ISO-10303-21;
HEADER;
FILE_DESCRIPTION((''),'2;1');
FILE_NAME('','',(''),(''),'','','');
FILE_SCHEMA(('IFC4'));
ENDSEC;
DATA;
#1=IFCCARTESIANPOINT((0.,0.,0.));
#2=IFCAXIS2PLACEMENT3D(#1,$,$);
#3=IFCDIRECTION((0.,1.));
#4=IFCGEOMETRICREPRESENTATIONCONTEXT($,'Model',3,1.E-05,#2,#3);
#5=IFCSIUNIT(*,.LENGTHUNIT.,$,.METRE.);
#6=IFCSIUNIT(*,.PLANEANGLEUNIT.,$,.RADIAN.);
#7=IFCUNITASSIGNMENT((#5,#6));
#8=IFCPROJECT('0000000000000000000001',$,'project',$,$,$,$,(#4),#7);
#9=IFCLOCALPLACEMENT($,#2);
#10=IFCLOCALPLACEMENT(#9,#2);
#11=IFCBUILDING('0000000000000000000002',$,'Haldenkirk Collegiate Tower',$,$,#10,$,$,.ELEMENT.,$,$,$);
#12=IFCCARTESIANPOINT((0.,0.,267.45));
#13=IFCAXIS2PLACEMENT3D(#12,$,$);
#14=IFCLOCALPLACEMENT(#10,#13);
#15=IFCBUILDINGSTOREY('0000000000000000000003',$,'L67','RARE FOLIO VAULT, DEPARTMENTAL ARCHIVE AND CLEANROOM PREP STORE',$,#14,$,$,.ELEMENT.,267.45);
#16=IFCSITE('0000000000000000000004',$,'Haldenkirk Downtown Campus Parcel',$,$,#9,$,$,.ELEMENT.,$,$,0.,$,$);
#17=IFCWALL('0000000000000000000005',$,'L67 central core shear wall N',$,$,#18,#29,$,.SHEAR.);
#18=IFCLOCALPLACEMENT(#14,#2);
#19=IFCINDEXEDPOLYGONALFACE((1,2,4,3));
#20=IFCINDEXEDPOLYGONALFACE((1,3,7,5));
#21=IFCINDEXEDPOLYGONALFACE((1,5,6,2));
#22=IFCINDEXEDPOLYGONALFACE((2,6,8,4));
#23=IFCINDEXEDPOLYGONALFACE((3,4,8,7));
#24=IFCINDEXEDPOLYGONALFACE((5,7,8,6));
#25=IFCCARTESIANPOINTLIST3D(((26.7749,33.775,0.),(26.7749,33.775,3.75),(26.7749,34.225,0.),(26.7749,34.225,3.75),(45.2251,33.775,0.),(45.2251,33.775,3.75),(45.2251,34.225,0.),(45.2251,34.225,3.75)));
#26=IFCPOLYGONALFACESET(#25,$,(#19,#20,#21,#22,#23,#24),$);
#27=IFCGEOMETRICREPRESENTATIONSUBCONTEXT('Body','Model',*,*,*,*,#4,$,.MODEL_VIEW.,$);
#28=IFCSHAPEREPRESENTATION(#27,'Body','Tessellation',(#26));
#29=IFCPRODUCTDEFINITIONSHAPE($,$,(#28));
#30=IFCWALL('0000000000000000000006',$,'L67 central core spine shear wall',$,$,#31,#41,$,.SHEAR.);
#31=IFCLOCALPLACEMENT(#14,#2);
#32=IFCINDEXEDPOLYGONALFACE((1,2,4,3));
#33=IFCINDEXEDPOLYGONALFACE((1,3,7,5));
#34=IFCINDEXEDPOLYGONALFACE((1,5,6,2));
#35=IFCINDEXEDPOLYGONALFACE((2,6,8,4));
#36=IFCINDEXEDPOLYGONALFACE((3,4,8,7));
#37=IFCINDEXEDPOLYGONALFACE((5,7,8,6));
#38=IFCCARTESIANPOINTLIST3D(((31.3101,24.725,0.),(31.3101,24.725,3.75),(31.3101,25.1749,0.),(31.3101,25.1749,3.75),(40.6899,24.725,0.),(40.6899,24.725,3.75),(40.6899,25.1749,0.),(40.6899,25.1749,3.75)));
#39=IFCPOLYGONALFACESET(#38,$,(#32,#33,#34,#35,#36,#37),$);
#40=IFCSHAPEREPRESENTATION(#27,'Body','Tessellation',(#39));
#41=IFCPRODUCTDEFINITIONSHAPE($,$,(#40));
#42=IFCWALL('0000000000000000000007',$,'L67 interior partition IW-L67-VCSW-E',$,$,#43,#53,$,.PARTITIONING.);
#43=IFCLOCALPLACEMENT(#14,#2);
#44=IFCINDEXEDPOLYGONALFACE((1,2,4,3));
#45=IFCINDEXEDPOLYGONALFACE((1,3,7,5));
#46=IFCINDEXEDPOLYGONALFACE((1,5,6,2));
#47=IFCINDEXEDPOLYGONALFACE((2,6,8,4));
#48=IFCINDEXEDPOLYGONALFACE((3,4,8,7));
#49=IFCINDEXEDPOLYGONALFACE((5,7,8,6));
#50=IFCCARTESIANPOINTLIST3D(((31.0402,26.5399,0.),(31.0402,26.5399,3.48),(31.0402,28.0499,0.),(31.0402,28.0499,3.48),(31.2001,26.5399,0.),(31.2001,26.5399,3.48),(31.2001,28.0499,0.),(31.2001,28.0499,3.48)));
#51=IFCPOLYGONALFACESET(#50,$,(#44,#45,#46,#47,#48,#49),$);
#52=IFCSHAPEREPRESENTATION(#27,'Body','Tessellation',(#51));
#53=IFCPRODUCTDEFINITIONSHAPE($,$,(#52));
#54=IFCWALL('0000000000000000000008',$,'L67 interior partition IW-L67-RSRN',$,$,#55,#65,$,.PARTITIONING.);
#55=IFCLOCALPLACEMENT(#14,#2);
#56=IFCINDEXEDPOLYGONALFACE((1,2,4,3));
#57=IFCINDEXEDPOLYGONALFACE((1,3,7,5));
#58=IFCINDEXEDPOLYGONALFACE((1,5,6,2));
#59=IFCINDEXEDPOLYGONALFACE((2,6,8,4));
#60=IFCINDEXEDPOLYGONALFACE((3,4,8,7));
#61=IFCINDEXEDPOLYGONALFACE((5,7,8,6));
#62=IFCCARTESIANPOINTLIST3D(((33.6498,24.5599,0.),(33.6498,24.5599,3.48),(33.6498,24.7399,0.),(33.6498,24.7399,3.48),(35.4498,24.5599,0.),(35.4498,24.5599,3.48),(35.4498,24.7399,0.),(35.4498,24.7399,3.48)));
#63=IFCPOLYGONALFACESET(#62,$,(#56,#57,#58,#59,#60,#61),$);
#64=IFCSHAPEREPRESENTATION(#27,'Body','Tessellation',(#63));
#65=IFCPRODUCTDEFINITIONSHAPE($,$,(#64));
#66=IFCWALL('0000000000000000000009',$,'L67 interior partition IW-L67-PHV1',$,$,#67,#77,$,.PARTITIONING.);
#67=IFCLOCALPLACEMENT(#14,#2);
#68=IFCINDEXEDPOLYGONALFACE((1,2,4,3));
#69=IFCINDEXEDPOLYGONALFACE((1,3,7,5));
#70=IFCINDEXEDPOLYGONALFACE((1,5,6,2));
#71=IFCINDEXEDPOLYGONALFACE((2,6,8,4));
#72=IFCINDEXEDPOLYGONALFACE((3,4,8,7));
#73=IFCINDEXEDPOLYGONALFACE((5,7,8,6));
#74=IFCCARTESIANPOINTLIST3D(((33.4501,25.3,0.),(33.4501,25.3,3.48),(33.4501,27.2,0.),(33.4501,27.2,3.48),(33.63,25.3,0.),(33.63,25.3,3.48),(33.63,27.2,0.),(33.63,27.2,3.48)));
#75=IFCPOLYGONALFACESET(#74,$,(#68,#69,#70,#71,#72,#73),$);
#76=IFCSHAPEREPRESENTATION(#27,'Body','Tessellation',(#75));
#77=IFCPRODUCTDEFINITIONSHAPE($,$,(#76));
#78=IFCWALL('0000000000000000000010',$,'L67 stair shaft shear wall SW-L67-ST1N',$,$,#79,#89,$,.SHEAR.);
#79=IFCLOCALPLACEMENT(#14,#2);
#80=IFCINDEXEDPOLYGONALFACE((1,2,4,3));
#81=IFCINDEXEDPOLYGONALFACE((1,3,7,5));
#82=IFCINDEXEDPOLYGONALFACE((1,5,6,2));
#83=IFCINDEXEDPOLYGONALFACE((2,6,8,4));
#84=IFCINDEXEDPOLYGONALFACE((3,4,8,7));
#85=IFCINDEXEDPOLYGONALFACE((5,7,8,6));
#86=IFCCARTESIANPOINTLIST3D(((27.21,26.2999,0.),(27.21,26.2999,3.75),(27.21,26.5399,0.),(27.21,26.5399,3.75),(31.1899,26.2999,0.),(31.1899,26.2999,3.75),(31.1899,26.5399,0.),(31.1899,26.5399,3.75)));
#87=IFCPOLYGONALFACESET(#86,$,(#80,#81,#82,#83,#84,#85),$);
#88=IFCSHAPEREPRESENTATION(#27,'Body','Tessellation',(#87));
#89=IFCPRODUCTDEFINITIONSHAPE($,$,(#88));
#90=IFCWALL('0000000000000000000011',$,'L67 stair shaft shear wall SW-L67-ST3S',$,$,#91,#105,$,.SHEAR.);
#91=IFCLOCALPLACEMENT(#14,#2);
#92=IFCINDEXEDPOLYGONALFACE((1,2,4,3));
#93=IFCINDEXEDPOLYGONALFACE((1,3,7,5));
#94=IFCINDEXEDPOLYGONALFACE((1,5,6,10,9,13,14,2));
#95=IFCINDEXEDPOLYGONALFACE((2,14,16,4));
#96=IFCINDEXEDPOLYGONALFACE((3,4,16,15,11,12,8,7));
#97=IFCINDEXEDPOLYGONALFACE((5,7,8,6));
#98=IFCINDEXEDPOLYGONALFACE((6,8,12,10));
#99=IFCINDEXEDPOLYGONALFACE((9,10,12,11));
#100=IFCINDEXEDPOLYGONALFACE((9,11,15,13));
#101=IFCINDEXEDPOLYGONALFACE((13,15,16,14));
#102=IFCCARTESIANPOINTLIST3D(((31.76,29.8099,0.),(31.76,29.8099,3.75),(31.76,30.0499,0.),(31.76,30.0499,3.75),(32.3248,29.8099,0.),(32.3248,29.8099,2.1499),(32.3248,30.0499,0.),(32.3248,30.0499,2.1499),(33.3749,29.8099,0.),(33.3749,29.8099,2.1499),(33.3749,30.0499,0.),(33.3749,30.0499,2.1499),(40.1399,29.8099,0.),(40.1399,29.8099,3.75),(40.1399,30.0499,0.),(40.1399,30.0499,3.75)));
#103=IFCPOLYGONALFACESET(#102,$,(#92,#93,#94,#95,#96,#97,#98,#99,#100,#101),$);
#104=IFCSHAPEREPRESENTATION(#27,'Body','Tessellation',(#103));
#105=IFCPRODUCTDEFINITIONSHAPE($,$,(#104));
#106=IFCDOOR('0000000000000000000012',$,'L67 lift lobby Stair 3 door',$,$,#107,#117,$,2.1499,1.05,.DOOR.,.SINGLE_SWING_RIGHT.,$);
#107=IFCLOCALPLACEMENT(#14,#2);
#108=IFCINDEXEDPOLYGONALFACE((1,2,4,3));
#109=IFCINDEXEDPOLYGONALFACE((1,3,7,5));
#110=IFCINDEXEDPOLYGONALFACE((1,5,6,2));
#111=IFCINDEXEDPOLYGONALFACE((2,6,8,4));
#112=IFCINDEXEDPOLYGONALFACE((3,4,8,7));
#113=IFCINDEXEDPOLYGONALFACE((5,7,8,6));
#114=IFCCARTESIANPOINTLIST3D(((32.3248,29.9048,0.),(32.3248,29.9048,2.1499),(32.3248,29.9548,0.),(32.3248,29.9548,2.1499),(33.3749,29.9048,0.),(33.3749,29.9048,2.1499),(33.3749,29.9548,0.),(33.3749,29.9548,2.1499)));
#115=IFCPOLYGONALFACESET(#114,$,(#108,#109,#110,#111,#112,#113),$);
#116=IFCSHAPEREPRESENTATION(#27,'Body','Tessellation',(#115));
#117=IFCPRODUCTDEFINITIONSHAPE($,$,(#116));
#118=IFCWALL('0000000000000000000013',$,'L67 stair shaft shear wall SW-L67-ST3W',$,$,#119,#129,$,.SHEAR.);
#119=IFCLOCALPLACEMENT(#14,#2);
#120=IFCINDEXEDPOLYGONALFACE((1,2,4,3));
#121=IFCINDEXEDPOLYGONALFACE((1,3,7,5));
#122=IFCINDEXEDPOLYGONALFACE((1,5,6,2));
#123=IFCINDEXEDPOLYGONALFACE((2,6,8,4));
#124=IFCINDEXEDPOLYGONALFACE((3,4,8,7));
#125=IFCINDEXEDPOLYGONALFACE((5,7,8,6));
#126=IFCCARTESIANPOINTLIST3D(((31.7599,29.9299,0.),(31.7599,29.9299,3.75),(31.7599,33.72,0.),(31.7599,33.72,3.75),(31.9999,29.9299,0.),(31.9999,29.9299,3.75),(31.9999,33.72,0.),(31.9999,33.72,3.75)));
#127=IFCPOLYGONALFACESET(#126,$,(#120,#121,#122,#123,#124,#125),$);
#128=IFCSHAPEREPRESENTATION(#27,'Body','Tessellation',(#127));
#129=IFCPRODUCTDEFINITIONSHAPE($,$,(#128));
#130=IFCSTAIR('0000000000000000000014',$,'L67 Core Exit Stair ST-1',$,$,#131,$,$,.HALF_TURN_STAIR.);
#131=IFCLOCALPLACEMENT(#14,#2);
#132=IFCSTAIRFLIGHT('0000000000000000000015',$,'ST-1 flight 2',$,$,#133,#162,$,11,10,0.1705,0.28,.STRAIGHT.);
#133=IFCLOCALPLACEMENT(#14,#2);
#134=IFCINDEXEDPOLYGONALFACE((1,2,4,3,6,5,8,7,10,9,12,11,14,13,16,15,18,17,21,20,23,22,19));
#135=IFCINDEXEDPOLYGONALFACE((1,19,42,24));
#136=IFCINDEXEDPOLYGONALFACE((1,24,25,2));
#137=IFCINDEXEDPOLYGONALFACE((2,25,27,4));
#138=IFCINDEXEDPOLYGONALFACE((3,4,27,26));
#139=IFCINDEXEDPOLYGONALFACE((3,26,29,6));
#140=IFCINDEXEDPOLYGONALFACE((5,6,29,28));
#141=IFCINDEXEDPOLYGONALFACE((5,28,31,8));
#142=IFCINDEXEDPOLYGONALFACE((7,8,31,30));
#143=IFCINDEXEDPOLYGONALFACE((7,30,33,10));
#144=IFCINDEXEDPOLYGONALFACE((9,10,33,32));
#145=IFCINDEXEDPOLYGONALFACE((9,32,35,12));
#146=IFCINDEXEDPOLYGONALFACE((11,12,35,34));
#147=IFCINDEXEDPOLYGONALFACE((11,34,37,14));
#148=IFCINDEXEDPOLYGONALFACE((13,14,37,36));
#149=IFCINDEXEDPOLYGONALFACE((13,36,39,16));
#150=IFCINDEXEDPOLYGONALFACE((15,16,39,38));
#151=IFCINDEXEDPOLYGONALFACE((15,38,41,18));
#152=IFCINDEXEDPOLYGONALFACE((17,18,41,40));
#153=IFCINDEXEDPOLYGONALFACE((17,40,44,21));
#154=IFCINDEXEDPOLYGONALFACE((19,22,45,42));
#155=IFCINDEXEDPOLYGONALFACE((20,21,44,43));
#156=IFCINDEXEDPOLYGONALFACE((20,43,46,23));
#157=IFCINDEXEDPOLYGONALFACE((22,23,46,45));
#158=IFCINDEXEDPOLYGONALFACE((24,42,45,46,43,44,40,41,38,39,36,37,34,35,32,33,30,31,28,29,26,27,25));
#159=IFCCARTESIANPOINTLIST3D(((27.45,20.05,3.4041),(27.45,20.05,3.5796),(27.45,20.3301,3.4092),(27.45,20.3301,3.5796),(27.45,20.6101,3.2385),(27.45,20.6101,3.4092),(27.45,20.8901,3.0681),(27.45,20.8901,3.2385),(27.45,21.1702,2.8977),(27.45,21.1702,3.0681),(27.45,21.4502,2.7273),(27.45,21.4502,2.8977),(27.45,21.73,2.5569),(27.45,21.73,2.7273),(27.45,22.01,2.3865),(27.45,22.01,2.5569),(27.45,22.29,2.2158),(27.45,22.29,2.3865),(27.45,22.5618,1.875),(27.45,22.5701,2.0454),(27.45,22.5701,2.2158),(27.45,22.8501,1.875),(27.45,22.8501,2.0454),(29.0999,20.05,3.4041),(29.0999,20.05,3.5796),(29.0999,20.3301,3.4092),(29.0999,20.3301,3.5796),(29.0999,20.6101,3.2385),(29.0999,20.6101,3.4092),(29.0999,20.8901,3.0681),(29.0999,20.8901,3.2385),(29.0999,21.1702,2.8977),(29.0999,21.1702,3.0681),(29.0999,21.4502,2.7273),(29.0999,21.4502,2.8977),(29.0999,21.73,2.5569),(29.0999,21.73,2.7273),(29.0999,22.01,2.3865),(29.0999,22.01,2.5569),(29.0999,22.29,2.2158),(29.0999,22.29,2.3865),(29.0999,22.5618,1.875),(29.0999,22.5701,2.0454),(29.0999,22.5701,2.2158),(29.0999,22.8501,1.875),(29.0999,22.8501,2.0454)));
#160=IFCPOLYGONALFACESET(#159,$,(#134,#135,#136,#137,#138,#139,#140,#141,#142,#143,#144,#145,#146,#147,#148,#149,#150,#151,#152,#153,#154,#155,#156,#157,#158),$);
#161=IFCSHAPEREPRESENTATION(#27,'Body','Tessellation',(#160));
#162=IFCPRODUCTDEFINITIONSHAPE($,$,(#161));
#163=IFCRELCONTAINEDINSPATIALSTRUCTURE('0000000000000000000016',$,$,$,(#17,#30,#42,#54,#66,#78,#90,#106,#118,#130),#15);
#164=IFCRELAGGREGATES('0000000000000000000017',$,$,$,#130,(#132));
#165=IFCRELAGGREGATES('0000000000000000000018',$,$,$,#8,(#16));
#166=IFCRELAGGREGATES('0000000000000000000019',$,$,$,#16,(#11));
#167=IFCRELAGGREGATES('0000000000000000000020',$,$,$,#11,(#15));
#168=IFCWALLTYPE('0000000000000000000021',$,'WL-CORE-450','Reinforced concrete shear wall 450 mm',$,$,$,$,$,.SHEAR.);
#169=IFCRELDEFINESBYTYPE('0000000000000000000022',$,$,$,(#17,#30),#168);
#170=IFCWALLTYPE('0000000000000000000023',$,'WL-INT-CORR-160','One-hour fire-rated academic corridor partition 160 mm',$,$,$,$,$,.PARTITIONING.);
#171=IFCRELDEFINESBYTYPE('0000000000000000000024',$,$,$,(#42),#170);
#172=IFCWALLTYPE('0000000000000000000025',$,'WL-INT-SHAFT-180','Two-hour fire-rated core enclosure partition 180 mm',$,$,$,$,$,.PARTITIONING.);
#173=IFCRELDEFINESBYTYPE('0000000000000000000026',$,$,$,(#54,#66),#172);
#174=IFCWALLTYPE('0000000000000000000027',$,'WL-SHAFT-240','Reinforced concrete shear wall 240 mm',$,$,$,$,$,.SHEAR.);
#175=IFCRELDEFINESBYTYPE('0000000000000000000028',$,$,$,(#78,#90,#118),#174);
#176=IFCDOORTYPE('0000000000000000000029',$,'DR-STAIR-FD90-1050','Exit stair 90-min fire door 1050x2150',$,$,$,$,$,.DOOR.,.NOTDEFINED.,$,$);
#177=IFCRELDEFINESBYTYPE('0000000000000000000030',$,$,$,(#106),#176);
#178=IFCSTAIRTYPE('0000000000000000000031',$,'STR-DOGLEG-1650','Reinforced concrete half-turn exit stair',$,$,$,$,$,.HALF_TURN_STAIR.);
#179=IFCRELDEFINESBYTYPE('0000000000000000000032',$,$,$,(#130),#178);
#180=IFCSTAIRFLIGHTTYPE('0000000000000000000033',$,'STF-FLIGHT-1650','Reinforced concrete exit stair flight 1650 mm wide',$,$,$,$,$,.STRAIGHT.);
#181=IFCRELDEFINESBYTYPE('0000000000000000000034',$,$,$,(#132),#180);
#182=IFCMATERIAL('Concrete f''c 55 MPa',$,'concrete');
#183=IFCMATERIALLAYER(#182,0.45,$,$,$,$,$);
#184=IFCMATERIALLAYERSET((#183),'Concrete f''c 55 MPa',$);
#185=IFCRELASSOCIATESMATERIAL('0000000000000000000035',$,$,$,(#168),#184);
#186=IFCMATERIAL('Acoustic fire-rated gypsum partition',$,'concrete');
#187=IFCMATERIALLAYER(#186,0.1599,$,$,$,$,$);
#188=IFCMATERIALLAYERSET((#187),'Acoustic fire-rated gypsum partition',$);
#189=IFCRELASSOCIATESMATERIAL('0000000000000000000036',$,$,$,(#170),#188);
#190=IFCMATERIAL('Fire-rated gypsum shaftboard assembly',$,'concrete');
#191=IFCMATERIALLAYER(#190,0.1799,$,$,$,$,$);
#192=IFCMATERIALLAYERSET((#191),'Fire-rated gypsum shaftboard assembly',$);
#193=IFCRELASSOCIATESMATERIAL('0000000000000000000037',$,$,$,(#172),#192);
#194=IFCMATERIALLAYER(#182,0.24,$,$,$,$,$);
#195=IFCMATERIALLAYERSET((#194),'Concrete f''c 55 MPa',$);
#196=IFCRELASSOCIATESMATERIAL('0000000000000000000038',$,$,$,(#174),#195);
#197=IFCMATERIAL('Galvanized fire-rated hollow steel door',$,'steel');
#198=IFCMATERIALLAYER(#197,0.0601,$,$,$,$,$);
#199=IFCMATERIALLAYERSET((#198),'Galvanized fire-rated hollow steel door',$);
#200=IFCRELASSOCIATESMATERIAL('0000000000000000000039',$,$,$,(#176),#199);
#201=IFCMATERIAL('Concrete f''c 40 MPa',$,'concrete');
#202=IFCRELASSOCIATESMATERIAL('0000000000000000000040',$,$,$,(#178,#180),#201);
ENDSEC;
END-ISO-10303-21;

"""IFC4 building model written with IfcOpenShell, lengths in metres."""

from ifc_helpers import new_model, si_unit, direction, frame, frame_2d, origin, place, context, subcontext, project, spatial, polyline, rectangle, outline, extrude, material, layer, layer_set, type_object, element, fill, aggregate, save


model = new_model("IFC4")

# Units and contexts
model_context = context("Model", 3, precision=1e-05, world=origin(), true_north=direction((0.0, 1.0)))
body_context = subcontext(model_context, "Body", "Model", "MODEL_VIEW")
ifc_project = project(units=[si_unit("LENGTHUNIT", "METRE"), si_unit("PLANEANGLEUNIT", "RADIAN")], contexts=[model_context])

# Site, building, storey
site_placement = place(None, origin())
site = spatial("IfcSite", under=ifc_project, at=site_placement, Name="Haldenkirk Downtown Campus Parcel", CompositionType="ELEMENT", RefElevation=0.0)
building_placement = place(site_placement, origin())
building = spatial("IfcBuilding", under=site, at=building_placement, Name="Haldenkirk Collegiate Tower", CompositionType="ELEMENT")
storey_placement = place(building_placement, frame((0.0, 0.0, 267.45)))
storey = spatial("IfcBuildingStorey", under=building, at=storey_placement, Name="L67", Description="RARE FOLIO VAULT, DEPARTMENTAL ARCHIVE AND CLEANROOM PREP STORE", CompositionType="ELEMENT", Elevation=267.45)

# Walls
ifc_material_1 = material(Name="Concrete f'c 55 MPa", Category="concrete")
ifc_layer_1 = layer(ifc_material_1, 0.45)
ifc_layer_set_1 = layer_set([ifc_layer_1], Name="Concrete f'c 55 MPa")
wall_type_1 = type_object("IfcWallType", Name="WL-CORE-450", Description="Reinforced concrete shear wall 450 mm", PredefinedType="SHEAR", material=ifc_layer_set_1)
wall_1_placement = place(storey_placement, frame((26.7749, 34.0, 0.0), z_axis=(0.0, 0.0, 1.0), x_axis=(1.0, 0.0, 0.0)))
element("IfcWall", 1, at=wall_1_placement, inside=storey, type_object=wall_type_1, Name="L67 central core shear wall N", PredefinedType="SHEAR", context=body_context, shape_type="SweptSolid", body=[
    extrude(rectangle(XDim=18.4502, YDim=0.45, at=frame_2d((9.2251, 0.0))), origin(), (0.0, 0.0, 1.0), 3.75),
])
wall_2_placement = place(storey_placement, frame((31.3101, 24.95, 0.0), z_axis=(0.0, 0.0, 1.0), x_axis=(1.0, 0.0, 0.0)))
element("IfcWall", 2, at=wall_2_placement, inside=storey, type_object=wall_type_1, Name="L67 central core spine shear wall", PredefinedType="SHEAR", context=body_context, shape_type="SweptSolid", body=[
    extrude(rectangle(XDim=9.3799, YDim=0.45, at=frame_2d((4.6899, 0.0))), origin(), (0.0, 0.0, 1.0), 3.75),
])

# Shared definitions
ifc_material_2 = material(Name="Acoustic fire-rated gypsum partition", Category="concrete")
ifc_layer_2 = layer(ifc_material_2, 0.1599)
ifc_layer_set_2 = layer_set([ifc_layer_2], Name="Acoustic fire-rated gypsum partition")
wall_type_2 = type_object("IfcWallType", Name="WL-INT-CORR-160", Description="One-hour fire-rated academic corridor partition 160 mm", PredefinedType="PARTITIONING", material=ifc_layer_set_2)

# Wall
wall_3_placement = place(storey_placement, frame((31.1201, 26.54, 0.0), z_axis=(0.0, 0.0, 1.0), x_axis=(0.0, 1.0, 0.0)))
element("IfcWall", 3, at=wall_3_placement, inside=storey, type_object=wall_type_2, Name="L67 interior partition IW-L67-VCSW-E", PredefinedType="PARTITIONING", context=body_context, shape_type="SweptSolid", body=[
    extrude(rectangle(XDim=1.51, YDim=0.1599, at=frame_2d((0.7549, 0.0))), origin(), (0.0, 0.0, 1.0), 3.48),
])

# Wall
ifc_material_3 = material(Name="Fire-rated gypsum shaftboard assembly", Category="concrete")
ifc_layer_3 = layer(ifc_material_3, 0.1799)
ifc_layer_set_3 = layer_set([ifc_layer_3], Name="Fire-rated gypsum shaftboard assembly")
wall_type_3 = type_object("IfcWallType", Name="WL-INT-SHAFT-180", Description="Two-hour fire-rated core enclosure partition 180 mm", PredefinedType="PARTITIONING", material=ifc_layer_set_3)
wall_4_placement = place(storey_placement, frame((33.6499, 24.6499, 0.0), z_axis=(0.0, 0.0, 1.0), x_axis=(1.0, 0.0, 0.0)))
element("IfcWall", 4, at=wall_4_placement, inside=storey, type_object=wall_type_3, Name="L67 interior partition IW-L67-RSRN", PredefinedType="PARTITIONING", context=body_context, shape_type="SweptSolid", body=[
    extrude(rectangle(XDim=1.8, YDim=0.1799, at=frame_2d((0.8999, 0.0))), origin(), (0.0, 0.0, 1.0), 3.48),
])

# Walls
wall_5_placement = place(storey_placement, frame((33.54, 25.3, 0.0), z_axis=(0.0, 0.0, 1.0), x_axis=(0.0, 1.0, 0.0)))
element("IfcWall", 5, at=wall_5_placement, inside=storey, type_object=wall_type_3, Name="L67 interior partition IW-L67-PHV1", PredefinedType="PARTITIONING", context=body_context, shape_type="SweptSolid", body=[
    extrude(rectangle(XDim=1.8999, YDim=0.1799, at=frame_2d((0.95, 0.0))), origin(), (0.0, 0.0, 1.0), 3.48),
])
ifc_layer_4 = layer(ifc_material_1, 0.24)
ifc_layer_set_4 = layer_set([ifc_layer_4], Name="Concrete f'c 55 MPa")
wall_type_4 = type_object("IfcWallType", Name="WL-SHAFT-240", Description="Reinforced concrete shear wall 240 mm", PredefinedType="SHEAR", material=ifc_layer_set_4)
wall_6_placement = place(storey_placement, frame((27.21, 26.4199, 0.0), z_axis=(0.0, 0.0, 1.0), x_axis=(1.0, 0.0, 0.0)))
element("IfcWall", 6, at=wall_6_placement, inside=storey, type_object=wall_type_4, Name="L67 stair shaft shear wall SW-L67-ST1N", PredefinedType="SHEAR", context=body_context, shape_type="SweptSolid", body=[
    extrude(rectangle(XDim=3.98, YDim=0.24, at=frame_2d((1.99, 0.0))), origin(), (0.0, 0.0, 1.0), 3.75),
])

# Wall, opening, door
wall_7_placement = place(storey_placement, frame((31.76, 29.9299, 0.0), z_axis=(0.0, 0.0, 1.0), x_axis=(1.0, 0.0, 0.0)))
wall_7 = element("IfcWall", 7, at=wall_7_placement, inside=storey, type_object=wall_type_4, Name="L67 stair shaft shear wall SW-L67-ST3S", PredefinedType="SHEAR", context=body_context, shape_type="SweptSolid", body=[
    extrude(rectangle(XDim=8.3799, YDim=0.24, at=frame_2d((4.1899, 0.0))), origin(), (0.0, 0.0, 1.0), 3.75),
])
opening_1_placement = place(wall_7_placement, frame((0.5649, 0.0, 0.0)))
opening_1 = element("IfcOpeningElement", 8, at=opening_1_placement, cuts=wall_7, PredefinedType="OPENING", context=body_context, shape_type="SweptSolid", body=[
    extrude(rectangle(XDim=1.05, YDim=2.1499, at=frame_2d((0.5249, 1.075))), frame((0.0, 0.1299, 0.0), z_axis=(0.0, -1.0, 0.0), x_axis=(1.0, 0.0, 0.0)), (0.0, 0.0, 1.0), 0.26),
])
ifc_material_4 = material(Name="Galvanized fire-rated hollow steel door", Category="steel")
ifc_layer_5 = layer(ifc_material_4, 0.0601)
ifc_layer_set_5 = layer_set([ifc_layer_5], Name="Galvanized fire-rated hollow steel door")
door_type_1 = type_object("IfcDoorType", Name="DR-STAIR-FD90-1050", Description="Exit stair 90-min fire door 1050x2150", OperationType="NOTDEFINED", PredefinedType="DOOR", material=ifc_layer_set_5)
door_1_placement = place(opening_1_placement, origin())
door_1 = element("IfcDoor", 9, at=door_1_placement, inside=storey, type_object=door_type_1, Name="L67 lift lobby Stair 3 door", OperationType="SINGLE_SWING_RIGHT", OverallHeight=2.1499, OverallWidth=1.05, PredefinedType="DOOR", context=body_context, shape_type="SweptSolid", body=[
    extrude(rectangle(XDim=1.05, YDim=2.1499, at=frame_2d((0.5249, 1.075))), frame((0.0, 0.0249, 0.0), z_axis=(0.0, -1.0, 0.0), x_axis=(1.0, 0.0, 0.0)), (0.0, 0.0, 1.0), 0.05),
])
fill(opening_1, door_1)

# Wall
wall_8_placement = place(storey_placement, frame((31.8799, 29.9299, 0.0), z_axis=(0.0, 0.0, 1.0), x_axis=(0.0, 1.0, 0.0)))
element("IfcWall", 10, at=wall_8_placement, inside=storey, type_object=wall_type_4, Name="L67 stair shaft shear wall SW-L67-ST3W", PredefinedType="SHEAR", context=body_context, shape_type="SweptSolid", body=[
    extrude(rectangle(XDim=3.79, YDim=0.24, at=frame_2d((1.895, 0.0))), origin(), (0.0, 0.0, 1.0), 3.75),
])

# Stair, stair flight
ifc_material_5 = material(Name="Concrete f'c 40 MPa", Category="concrete")
stair_type = type_object("IfcStairType", Name="STR-DOGLEG-1650", Description="Reinforced concrete half-turn exit stair", PredefinedType="HALF_TURN_STAIR", material=ifc_material_5)
stair_1_placement = place(storey_placement, origin())
stair_1 = element("IfcStair", 11, at=stair_1_placement, inside=storey, type_object=stair_type, Name="L67 Core Exit Stair ST-1", PredefinedType="HALF_TURN_STAIR")
stair_flight_type = type_object("IfcStairFlightType", Name="STF-FLIGHT-1650", Description="Reinforced concrete exit stair flight 1650 mm wide", PredefinedType="STRAIGHT", material=ifc_material_5)
stair_flight_1_placement = place(storey_placement, frame((28.2749, 22.8501, 1.875), z_axis=(0.0, 0.0, 1.0), x_axis=(0.0, -1.0, 0.0)))
stair_flight_1 = element("IfcStairFlight", 12, at=stair_flight_1_placement, type_object=stair_flight_type, Name="ST-1 flight 2", NumberOfRisers=11, NumberOfTreads=10, PredefinedType="STRAIGHT", RiserHeight=0.1705, TreadLength=0.28, context=body_context, shape_type="SweptSolid", body=[
    extrude(outline(polyline([(0.0, 0.0), (0.0, 0.1704), (0.28, 0.1704), (0.28, 0.3408), (0.5601, 0.3408), (0.5601, 0.5115), (0.8401, 0.5115), (0.8401, 0.6819), (1.1201, 0.6819), (1.1201, 0.8523), (1.3999, 0.8523), (1.3999, 1.0227), (1.6799, 1.0227), (1.6799, 1.1931), (1.96, 1.1931), (1.96, 1.3635), (2.24, 1.3635), (2.24, 1.5342), (2.52, 1.5342), (2.52, 1.7046), (2.8, 1.7046), (2.8, 1.875), (2.8, 1.5291), (0.2883, 0.0), (0.0, 0.0)])), frame((0.0, 0.825, 0.0), z_axis=(0.0, -1.0, 0.0), x_axis=(1.0, 0.0, 0.0)), (0.0, 0.0, 1.0), 1.6499),
])
aggregate(stair_1, [stair_flight_1])

save(model, "model.ifc")
